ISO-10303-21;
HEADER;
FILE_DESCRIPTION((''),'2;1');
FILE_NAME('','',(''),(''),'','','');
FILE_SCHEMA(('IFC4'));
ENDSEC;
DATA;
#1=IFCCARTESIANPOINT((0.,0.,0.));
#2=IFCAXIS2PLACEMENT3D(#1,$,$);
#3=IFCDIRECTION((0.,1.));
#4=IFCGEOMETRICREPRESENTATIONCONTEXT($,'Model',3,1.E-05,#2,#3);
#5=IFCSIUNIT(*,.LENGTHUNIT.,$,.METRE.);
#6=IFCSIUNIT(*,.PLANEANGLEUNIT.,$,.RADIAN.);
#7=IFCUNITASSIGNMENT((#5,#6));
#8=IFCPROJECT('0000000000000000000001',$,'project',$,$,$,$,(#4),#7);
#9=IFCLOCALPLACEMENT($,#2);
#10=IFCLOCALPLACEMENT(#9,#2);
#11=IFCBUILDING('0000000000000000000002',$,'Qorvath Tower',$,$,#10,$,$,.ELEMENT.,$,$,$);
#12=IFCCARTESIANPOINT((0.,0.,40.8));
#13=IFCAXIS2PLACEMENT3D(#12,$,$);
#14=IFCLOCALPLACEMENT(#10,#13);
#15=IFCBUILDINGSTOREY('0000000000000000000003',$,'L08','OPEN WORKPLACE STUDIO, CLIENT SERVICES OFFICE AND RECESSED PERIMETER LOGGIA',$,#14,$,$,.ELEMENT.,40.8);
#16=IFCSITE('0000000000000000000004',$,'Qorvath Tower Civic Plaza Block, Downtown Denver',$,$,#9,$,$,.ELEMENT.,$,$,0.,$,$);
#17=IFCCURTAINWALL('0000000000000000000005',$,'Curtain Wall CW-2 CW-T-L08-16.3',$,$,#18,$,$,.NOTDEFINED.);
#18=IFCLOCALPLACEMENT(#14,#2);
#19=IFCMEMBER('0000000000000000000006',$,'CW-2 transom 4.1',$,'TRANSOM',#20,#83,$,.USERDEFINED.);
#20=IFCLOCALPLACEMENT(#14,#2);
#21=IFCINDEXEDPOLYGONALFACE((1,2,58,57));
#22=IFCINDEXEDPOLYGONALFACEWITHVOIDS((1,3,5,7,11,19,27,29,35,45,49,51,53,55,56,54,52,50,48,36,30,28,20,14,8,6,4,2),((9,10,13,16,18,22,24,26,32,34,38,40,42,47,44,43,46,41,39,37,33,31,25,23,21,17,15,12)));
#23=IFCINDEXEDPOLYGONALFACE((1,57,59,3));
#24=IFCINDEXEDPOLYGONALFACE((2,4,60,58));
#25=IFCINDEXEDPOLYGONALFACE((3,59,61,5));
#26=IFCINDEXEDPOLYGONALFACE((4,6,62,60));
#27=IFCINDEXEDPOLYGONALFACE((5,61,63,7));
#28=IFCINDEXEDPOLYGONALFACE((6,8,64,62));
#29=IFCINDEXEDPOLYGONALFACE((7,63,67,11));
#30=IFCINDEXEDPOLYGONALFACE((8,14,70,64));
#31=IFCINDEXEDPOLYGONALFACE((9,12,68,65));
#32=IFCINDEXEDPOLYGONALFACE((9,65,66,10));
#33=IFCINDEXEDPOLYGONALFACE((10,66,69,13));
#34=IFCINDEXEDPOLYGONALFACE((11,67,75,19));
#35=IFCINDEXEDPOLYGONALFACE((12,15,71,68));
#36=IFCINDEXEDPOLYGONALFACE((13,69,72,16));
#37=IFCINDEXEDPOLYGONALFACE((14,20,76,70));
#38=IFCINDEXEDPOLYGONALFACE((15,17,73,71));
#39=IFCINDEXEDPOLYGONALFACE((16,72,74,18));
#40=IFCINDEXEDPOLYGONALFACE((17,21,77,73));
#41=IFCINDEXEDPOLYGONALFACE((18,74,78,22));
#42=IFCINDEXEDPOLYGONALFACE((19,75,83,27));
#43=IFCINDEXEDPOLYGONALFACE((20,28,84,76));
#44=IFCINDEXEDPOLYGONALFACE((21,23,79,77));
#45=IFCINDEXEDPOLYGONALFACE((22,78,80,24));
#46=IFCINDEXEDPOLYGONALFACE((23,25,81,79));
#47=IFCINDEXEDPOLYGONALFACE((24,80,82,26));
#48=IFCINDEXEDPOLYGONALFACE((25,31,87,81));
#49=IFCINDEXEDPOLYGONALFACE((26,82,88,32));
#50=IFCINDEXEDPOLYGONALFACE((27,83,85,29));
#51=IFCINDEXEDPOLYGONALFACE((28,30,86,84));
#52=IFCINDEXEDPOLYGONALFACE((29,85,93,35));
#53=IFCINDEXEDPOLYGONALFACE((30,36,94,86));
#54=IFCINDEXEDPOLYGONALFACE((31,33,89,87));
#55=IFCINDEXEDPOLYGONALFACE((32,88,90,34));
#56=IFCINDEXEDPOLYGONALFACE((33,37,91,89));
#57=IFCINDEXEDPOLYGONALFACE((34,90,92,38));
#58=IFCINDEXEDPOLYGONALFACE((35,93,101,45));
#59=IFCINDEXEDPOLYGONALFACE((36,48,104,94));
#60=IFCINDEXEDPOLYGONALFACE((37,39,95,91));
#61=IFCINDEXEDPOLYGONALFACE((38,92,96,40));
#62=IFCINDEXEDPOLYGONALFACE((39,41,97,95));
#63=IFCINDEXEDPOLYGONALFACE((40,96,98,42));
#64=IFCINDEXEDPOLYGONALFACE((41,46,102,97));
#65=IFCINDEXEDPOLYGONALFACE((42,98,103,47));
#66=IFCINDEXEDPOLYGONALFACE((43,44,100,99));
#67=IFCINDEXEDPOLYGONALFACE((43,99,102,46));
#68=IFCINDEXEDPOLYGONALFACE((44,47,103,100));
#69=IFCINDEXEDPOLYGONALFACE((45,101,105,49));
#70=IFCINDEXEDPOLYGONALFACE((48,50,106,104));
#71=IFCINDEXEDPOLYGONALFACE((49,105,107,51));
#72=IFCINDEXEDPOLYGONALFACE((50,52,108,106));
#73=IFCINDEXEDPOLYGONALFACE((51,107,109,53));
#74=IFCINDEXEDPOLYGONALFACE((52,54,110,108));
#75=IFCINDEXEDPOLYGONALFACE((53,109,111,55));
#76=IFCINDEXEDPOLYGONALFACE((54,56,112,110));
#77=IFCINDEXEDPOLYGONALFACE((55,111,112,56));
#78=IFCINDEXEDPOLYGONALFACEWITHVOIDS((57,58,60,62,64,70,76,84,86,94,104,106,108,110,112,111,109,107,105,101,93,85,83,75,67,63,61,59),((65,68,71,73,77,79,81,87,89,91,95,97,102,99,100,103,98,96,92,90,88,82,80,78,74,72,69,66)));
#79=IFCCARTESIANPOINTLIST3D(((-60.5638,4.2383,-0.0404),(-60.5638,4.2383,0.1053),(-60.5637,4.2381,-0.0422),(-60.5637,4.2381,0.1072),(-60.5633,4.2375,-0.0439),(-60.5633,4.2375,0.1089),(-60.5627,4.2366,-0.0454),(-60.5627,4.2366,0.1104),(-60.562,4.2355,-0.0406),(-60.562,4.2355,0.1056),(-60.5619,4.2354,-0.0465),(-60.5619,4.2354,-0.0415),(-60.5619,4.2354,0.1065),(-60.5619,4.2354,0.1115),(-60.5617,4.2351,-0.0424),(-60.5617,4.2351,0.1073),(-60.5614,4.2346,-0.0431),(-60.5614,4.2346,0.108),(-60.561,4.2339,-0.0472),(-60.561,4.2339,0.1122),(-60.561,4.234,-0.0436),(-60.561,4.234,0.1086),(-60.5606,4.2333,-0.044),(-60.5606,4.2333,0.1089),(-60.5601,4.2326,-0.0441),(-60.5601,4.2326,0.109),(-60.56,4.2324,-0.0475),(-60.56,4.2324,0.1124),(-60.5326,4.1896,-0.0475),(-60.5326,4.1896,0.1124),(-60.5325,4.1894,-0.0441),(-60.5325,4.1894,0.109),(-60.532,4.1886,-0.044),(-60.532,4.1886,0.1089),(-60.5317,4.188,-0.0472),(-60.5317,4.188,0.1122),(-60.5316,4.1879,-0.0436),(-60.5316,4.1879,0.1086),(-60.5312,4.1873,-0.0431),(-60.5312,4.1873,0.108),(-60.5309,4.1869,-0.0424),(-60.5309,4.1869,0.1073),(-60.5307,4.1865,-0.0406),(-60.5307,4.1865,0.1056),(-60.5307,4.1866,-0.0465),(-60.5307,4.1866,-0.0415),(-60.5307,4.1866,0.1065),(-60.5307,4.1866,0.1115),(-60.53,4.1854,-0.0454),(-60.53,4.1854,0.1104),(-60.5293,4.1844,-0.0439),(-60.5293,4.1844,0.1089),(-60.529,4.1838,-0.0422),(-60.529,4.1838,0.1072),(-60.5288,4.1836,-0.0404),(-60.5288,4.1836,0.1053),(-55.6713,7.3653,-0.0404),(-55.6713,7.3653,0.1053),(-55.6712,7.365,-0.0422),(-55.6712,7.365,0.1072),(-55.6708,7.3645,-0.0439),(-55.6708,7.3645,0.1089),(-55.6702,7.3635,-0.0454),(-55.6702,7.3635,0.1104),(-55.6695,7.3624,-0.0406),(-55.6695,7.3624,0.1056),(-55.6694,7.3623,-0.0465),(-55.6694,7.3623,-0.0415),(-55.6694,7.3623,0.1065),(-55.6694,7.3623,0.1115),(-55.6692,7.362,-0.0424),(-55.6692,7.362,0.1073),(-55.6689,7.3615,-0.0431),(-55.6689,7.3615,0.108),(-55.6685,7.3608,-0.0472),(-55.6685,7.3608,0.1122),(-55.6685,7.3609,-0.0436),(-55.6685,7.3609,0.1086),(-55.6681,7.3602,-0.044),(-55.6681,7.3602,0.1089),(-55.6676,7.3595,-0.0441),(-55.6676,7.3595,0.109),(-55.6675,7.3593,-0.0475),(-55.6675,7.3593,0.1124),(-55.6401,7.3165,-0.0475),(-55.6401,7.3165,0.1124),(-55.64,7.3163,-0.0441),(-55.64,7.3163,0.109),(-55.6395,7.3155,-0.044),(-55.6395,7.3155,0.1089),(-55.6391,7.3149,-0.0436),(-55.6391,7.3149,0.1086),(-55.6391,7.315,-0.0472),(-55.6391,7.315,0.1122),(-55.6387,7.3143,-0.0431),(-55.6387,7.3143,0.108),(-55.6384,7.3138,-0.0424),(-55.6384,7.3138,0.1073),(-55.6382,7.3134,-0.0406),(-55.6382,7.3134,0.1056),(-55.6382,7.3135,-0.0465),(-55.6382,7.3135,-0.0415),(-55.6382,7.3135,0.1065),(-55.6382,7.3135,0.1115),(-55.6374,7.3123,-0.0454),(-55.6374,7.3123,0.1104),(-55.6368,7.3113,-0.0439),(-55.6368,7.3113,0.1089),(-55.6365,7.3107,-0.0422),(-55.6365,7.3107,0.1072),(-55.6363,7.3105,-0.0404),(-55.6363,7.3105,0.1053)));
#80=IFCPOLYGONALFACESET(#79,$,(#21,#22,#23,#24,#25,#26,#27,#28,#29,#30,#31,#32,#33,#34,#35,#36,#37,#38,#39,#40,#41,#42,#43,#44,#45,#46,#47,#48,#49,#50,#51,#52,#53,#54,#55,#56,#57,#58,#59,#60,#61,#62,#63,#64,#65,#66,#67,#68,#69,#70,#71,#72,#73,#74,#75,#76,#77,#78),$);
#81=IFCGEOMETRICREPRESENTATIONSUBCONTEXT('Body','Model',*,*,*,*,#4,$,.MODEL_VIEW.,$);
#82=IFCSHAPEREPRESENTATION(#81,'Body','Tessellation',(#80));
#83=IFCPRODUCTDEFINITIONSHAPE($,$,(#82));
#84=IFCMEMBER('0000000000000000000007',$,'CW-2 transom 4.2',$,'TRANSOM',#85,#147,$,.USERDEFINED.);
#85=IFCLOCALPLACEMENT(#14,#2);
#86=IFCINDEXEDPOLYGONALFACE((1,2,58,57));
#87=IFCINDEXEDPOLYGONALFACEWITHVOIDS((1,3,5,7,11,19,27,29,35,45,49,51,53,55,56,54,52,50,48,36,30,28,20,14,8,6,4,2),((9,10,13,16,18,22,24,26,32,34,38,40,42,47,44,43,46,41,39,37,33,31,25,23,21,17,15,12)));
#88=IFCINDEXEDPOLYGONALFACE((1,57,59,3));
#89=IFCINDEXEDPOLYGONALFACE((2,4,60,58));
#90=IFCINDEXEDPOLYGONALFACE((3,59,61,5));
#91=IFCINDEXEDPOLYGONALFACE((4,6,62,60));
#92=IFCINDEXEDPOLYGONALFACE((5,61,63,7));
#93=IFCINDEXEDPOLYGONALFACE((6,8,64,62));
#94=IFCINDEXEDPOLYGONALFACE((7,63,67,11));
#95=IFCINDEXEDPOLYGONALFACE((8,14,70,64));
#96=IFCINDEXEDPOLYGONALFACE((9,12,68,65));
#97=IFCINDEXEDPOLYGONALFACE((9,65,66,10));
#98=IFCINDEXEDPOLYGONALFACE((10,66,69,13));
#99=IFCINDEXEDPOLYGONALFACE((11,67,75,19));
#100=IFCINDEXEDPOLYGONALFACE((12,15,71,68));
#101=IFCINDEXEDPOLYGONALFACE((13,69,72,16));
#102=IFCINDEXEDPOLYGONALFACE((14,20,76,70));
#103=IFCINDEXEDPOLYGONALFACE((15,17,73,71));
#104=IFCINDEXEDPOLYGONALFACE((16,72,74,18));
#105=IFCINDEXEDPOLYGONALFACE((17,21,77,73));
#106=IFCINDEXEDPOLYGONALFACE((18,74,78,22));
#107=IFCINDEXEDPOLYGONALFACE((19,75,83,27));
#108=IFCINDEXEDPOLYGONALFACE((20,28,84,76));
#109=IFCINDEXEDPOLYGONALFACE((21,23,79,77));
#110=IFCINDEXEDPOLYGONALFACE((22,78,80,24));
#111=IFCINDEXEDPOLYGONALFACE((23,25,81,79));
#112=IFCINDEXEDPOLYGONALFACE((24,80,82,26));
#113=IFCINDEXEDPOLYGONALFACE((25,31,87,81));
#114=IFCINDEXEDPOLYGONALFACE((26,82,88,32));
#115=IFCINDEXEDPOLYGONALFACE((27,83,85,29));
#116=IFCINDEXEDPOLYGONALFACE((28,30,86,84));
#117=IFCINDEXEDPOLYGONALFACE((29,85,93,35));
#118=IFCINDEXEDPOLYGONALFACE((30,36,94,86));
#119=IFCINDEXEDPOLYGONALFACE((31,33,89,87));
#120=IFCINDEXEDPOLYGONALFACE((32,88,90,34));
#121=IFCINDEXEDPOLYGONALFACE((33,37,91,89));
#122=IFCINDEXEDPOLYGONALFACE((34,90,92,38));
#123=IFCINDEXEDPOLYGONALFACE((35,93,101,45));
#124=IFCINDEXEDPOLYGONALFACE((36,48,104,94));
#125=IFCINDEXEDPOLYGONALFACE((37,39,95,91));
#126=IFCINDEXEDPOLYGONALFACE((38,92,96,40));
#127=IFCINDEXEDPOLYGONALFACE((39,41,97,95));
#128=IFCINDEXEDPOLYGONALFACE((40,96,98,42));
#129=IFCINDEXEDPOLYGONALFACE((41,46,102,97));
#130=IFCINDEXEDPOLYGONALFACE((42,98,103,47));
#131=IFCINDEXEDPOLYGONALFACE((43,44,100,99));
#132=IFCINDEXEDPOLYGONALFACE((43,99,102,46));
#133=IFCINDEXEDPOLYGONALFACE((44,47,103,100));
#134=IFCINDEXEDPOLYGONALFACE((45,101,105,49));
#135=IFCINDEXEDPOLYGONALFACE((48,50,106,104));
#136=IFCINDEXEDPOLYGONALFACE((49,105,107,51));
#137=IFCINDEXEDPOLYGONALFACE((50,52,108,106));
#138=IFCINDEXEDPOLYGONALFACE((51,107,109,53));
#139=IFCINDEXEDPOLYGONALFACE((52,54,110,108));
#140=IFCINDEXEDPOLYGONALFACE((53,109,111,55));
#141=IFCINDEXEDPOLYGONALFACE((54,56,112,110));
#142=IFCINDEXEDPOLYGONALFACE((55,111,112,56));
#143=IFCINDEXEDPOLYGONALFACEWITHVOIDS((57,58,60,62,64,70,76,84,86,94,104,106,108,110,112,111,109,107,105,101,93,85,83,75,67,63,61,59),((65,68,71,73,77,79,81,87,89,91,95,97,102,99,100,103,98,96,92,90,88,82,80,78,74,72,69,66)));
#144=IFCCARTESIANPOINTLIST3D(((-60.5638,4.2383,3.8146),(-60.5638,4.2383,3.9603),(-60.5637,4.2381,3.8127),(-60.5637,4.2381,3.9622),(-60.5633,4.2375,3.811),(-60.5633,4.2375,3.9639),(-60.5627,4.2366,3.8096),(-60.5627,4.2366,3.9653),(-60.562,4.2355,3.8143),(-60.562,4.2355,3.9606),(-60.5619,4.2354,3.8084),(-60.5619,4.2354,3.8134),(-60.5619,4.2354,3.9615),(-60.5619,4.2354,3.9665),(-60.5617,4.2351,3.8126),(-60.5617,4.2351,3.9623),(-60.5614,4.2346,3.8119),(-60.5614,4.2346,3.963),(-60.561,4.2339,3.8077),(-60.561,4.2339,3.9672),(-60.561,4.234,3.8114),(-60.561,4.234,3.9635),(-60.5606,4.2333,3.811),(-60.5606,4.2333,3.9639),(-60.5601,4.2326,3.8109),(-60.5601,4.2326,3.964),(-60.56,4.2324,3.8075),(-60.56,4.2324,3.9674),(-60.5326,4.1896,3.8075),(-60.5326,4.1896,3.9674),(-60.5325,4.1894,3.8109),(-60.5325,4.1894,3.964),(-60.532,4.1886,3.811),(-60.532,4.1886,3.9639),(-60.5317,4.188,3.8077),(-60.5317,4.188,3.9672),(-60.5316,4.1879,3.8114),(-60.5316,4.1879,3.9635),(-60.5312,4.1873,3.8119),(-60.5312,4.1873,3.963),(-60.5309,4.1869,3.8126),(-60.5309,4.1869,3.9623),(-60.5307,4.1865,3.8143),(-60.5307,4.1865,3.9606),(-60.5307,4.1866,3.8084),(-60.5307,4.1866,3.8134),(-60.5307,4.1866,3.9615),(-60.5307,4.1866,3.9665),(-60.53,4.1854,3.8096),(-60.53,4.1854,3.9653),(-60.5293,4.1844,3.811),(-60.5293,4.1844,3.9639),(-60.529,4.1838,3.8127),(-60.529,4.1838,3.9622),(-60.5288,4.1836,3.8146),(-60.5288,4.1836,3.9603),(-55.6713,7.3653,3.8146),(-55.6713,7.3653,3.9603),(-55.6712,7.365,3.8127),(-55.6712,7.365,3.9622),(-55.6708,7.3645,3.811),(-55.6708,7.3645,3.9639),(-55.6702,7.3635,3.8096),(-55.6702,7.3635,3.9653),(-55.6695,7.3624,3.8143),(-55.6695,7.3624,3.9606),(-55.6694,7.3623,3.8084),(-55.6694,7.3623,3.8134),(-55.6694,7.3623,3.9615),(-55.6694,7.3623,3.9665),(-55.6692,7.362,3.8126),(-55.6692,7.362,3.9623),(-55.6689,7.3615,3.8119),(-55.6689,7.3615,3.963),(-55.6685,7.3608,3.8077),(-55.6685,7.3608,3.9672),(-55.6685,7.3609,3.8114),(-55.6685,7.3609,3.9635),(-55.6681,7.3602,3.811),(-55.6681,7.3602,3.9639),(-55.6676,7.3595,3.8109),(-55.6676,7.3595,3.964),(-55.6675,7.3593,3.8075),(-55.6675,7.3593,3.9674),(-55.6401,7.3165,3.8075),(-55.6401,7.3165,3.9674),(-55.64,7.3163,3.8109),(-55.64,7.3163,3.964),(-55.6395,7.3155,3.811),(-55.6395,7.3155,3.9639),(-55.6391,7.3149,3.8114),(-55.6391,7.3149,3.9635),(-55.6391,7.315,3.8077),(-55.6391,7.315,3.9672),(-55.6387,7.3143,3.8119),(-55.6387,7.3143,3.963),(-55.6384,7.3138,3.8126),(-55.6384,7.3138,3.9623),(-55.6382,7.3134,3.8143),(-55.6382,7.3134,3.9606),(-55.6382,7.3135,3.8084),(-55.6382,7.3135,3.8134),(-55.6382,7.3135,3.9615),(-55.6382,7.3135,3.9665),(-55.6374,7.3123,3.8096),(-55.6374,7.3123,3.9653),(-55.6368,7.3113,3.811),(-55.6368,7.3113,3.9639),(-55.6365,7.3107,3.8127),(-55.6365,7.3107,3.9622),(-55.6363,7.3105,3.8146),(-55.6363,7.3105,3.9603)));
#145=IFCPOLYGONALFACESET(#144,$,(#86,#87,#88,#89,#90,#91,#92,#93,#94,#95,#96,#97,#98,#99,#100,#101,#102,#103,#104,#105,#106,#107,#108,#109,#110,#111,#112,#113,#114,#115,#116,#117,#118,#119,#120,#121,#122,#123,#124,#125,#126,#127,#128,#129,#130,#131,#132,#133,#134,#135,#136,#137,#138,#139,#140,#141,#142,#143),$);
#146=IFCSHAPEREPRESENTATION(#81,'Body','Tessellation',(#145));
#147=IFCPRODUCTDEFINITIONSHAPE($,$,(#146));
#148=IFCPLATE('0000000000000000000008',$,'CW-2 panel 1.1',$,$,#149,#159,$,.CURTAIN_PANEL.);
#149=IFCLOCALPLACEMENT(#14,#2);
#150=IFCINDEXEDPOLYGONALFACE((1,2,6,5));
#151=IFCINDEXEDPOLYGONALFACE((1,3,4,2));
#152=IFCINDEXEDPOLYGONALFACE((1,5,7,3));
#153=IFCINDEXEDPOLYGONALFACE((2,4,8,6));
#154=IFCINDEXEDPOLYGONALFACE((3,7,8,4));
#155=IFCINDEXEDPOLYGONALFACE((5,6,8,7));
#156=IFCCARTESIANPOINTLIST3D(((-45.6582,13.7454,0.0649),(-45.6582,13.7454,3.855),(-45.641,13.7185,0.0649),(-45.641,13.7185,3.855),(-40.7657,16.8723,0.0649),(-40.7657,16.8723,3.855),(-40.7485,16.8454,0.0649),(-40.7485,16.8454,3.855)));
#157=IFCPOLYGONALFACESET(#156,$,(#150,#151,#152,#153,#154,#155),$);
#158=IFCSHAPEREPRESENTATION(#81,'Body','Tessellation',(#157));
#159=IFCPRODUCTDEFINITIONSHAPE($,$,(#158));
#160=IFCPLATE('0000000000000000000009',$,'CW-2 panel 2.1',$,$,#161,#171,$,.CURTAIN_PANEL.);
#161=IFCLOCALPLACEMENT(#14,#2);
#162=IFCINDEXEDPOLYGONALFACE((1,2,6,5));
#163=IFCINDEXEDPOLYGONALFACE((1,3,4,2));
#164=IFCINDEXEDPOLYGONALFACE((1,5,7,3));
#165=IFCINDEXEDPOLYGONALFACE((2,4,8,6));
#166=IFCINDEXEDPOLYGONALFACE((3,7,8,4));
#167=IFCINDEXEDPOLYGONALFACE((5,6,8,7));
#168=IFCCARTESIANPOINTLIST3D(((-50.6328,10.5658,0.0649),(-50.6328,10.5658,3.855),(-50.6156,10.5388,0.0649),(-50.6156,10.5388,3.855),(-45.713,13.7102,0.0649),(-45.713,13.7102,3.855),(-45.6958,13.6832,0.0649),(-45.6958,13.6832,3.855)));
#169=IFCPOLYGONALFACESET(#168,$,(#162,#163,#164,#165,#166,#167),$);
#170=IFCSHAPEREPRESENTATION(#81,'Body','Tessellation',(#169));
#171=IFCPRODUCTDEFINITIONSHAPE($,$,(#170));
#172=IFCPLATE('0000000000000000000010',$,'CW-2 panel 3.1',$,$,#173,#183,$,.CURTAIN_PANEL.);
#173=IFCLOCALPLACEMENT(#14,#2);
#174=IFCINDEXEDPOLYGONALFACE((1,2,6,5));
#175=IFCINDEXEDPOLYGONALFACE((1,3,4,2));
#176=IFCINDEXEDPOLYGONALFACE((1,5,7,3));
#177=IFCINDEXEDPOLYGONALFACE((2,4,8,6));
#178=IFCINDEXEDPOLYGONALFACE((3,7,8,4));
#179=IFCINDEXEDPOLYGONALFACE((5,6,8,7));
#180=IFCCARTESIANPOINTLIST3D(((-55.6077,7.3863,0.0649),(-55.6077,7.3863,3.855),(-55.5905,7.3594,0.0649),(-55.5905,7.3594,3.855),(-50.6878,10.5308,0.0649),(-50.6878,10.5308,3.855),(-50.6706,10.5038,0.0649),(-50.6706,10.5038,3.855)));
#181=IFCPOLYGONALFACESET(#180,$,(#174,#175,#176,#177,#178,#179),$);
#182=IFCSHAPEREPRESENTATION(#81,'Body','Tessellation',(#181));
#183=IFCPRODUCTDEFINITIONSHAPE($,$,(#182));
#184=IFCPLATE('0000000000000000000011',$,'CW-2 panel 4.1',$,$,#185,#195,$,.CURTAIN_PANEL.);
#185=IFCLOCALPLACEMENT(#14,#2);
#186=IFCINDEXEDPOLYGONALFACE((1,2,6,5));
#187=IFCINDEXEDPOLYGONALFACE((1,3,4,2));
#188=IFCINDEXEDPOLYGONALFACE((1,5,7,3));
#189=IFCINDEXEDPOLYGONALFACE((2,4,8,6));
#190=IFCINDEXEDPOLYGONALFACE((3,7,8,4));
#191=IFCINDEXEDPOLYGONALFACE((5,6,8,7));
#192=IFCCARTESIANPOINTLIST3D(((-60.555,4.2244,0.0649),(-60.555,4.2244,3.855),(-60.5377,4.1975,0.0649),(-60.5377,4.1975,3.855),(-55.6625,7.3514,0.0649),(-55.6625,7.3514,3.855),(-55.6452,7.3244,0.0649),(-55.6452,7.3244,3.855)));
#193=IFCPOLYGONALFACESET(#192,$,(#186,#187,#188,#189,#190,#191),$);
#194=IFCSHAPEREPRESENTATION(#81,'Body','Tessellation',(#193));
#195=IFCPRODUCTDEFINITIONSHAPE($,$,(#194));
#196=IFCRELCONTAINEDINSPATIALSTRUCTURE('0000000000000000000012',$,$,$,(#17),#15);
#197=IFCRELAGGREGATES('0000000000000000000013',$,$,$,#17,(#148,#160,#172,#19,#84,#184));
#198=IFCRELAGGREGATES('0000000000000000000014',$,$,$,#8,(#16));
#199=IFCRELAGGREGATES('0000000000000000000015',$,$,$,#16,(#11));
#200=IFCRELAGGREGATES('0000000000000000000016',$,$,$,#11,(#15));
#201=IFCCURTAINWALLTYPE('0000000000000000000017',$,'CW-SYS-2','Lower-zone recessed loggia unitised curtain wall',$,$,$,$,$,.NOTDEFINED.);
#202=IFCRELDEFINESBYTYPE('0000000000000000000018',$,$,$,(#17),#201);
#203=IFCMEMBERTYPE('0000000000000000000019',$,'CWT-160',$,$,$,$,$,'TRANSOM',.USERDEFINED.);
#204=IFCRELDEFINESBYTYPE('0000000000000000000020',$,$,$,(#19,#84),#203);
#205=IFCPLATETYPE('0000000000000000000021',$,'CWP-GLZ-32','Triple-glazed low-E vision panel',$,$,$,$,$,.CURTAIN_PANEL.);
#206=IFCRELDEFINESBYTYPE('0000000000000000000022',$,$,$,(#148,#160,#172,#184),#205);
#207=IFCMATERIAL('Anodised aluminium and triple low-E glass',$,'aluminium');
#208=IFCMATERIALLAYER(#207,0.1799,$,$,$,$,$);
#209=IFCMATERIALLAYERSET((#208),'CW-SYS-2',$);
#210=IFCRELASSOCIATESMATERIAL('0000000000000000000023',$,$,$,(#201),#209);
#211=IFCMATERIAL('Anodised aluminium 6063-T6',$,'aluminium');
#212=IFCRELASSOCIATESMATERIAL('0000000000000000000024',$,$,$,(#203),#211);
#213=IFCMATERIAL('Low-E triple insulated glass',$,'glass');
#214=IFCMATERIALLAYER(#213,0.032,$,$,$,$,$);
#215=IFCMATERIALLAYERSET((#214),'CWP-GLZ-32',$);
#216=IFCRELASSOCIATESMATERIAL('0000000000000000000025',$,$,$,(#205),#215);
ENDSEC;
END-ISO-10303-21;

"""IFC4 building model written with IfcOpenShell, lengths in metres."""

from ifc_helpers import new_model, si_unit, direction, frame, origin, origin_2d, place, context, subcontext, project, spatial, rectangle, hollow_rectangle, extrude, material, layer, layer_set, material_profile, profile_set, type_object, element, aggregate, save


model = new_model("IFC4")

# Units and contexts
model_context = context("Model", 3, precision=1e-05, world=origin(), true_north=direction((0.0, 1.0)))
body_context = subcontext(model_context, "Body", "Model", "MODEL_VIEW")
ifc_project = project(units=[si_unit("LENGTHUNIT", "METRE"), si_unit("PLANEANGLEUNIT", "RADIAN")], contexts=[model_context])

# Site, building, storey
site_placement = place(None, origin())
site = spatial("IfcSite", under=ifc_project, at=site_placement, Name="Qorvath Tower Civic Plaza Block, Downtown Denver", CompositionType="ELEMENT", RefElevation=0.0)
building_placement = place(site_placement, origin())
building = spatial("IfcBuilding", under=site, at=building_placement, Name="Qorvath Tower", CompositionType="ELEMENT")
storey_placement = place(building_placement, frame((0.0, 0.0, 40.8)))
storey = spatial("IfcBuildingStorey", under=building, at=storey_placement, Name="L08", Description="OPEN WORKPLACE STUDIO, CLIENT SERVICES OFFICE AND RECESSED PERIMETER LOGGIA", CompositionType="ELEMENT", Elevation=40.8)

# Curtain wall, members, plates
ifc_material_1 = material(Name="Anodised aluminium and triple low-E glass", Category="aluminium")
ifc_layer_1 = layer(ifc_material_1, 0.1799)
ifc_layer_set_1 = layer_set([ifc_layer_1], Name="CW-SYS-2")
curtain_wall_type = type_object("IfcCurtainWallType", Name="CW-SYS-2", Description="Lower-zone recessed loggia unitised curtain wall", PredefinedType="NOTDEFINED", material=ifc_layer_set_1)
curtain_wall_placement = place(storey_placement, origin())
curtain_wall = element("IfcCurtainWall", 1, at=curtain_wall_placement, inside=storey, type_object=curtain_wall_type, Name="Curtain Wall CW-2 CW-T-L08-16.3", PredefinedType="NOTDEFINED")
ifc_material_2 = material(Name="Anodised aluminium 6063-T6", Category="aluminium")
ifc_material_profile_1 = material_profile(ifc_material_2, hollow_rectangle(XDim=0.0649, YDim=0.1599, WallThickness=0.0034, InnerFilletRadius=0.0034, OuterFilletRadius=0.0071, at=origin_2d()), Name="CWT 160x65")
ifc_profile_set_1 = profile_set([ifc_material_profile_1], Name="Anodised aluminium 6063-T6")
member_type_1 = type_object("IfcMemberType", Name="CWT-160", ElementType="TRANSOM", PredefinedType="USERDEFINED", material=ifc_profile_set_1)
member_1_placement = place(storey_placement, frame((-55.6538, 7.3379, 0.0325), z_axis=(-0.842607, -0.538529, 0.0), x_axis=(0.538529, -0.842607, 0.0)))
member_1 = element("IfcMember", 2, at=member_1_placement, type_object=member_type_1, Name="CW-2 transom 4.1", ObjectType="TRANSOM", PredefinedType="USERDEFINED", context=body_context, shape_type="SweptSolid", body=[
    extrude(hollow_rectangle(XDim=0.0649, YDim=0.1599, WallThickness=0.0034, InnerFilletRadius=0.0034, OuterFilletRadius=0.0071, at=origin_2d()), origin(), (0.0, 0.0, 1.0), 5.8064),
])
member_2_placement = place(storey_placement, frame((-55.6538, 7.3379, 3.8875), z_axis=(-0.842607, -0.538529, 0.0), x_axis=(0.538529, -0.842607, 0.0)))
member_2 = element("IfcMember", 3, at=member_2_placement, type_object=member_type_1, Name="CW-2 transom 4.2", ObjectType="TRANSOM", PredefinedType="USERDEFINED", context=body_context, shape_type="SweptSolid", body=[
    extrude(hollow_rectangle(XDim=0.0649, YDim=0.1599, WallThickness=0.0034, InnerFilletRadius=0.0034, OuterFilletRadius=0.0071, at=origin_2d()), origin(), (0.0, 0.0, 1.0), 5.8064),
])
ifc_material_3 = material(Name="Low-E triple insulated glass", Category="glass")
ifc_layer_2 = layer(ifc_material_3, 0.032)
ifc_layer_set_2 = layer_set([ifc_layer_2], Name="CWP-GLZ-32")
plate_type = type_object("IfcPlateType", Name="CWP-GLZ-32", Description="Triple-glazed low-E vision panel", PredefinedType="CURTAIN_PANEL", material=ifc_layer_set_2)
plate_1_placement = place(storey_placement, frame((-43.2034, 15.2954, 0.0649), z_axis=(0.0, 0.0, 1.0), x_axis=(-0.842605, -0.538532, 0.0)))
plate_1 = element("IfcPlate", 4, at=plate_1_placement, type_object=plate_type, Name="CW-2 panel 1.1", PredefinedType="CURTAIN_PANEL", context=body_context, shape_type="SweptSolid", body=[
    extrude(rectangle(XDim=5.8064, YDim=0.032, at=origin_2d()), origin(), (0.0, 0.0, 1.0), 3.79),
])
plate_2_placement = place(storey_placement, frame((-48.1643, 12.1245, 0.0649), z_axis=(0.0, 0.0, 1.0), x_axis=(-0.842605, -0.538532, 0.0)))
plate_2 = element("IfcPlate", 5, at=plate_2_placement, type_object=plate_type, Name="CW-2 panel 2.1", PredefinedType="CURTAIN_PANEL", context=body_context, shape_type="SweptSolid", body=[
    extrude(rectangle(XDim=5.8389, YDim=0.032, at=origin_2d()), origin(), (0.0, 0.0, 1.0), 3.79),
])
plate_3_placement = place(storey_placement, frame((-53.1392, 8.9451, 0.0649), z_axis=(0.0, 0.0, 1.0), x_axis=(-0.842605, -0.538532, 0.0)))
plate_3 = element("IfcPlate", 6, at=plate_3_placement, type_object=plate_type, Name="CW-2 panel 3.1", PredefinedType="CURTAIN_PANEL", context=body_context, shape_type="SweptSolid", body=[
    extrude(rectangle(XDim=5.8389, YDim=0.032, at=origin_2d()), origin(), (0.0, 0.0, 1.0), 3.79),
])
plate_4_placement = place(storey_placement, frame((-58.1001, 5.7744, 0.0649), z_axis=(0.0, 0.0, 1.0), x_axis=(-0.842605, -0.538532, 0.0)))
plate_4 = element("IfcPlate", 7, at=plate_4_placement, type_object=plate_type, Name="CW-2 panel 4.1", PredefinedType="CURTAIN_PANEL", context=body_context, shape_type="SweptSolid", body=[
    extrude(rectangle(XDim=5.8064, YDim=0.032, at=origin_2d()), origin(), (0.0, 0.0, 1.0), 3.79),
])
aggregate(curtain_wall, [plate_1, plate_2, plate_3, member_1, member_2, plate_4])

save(model, "model.ifc")
